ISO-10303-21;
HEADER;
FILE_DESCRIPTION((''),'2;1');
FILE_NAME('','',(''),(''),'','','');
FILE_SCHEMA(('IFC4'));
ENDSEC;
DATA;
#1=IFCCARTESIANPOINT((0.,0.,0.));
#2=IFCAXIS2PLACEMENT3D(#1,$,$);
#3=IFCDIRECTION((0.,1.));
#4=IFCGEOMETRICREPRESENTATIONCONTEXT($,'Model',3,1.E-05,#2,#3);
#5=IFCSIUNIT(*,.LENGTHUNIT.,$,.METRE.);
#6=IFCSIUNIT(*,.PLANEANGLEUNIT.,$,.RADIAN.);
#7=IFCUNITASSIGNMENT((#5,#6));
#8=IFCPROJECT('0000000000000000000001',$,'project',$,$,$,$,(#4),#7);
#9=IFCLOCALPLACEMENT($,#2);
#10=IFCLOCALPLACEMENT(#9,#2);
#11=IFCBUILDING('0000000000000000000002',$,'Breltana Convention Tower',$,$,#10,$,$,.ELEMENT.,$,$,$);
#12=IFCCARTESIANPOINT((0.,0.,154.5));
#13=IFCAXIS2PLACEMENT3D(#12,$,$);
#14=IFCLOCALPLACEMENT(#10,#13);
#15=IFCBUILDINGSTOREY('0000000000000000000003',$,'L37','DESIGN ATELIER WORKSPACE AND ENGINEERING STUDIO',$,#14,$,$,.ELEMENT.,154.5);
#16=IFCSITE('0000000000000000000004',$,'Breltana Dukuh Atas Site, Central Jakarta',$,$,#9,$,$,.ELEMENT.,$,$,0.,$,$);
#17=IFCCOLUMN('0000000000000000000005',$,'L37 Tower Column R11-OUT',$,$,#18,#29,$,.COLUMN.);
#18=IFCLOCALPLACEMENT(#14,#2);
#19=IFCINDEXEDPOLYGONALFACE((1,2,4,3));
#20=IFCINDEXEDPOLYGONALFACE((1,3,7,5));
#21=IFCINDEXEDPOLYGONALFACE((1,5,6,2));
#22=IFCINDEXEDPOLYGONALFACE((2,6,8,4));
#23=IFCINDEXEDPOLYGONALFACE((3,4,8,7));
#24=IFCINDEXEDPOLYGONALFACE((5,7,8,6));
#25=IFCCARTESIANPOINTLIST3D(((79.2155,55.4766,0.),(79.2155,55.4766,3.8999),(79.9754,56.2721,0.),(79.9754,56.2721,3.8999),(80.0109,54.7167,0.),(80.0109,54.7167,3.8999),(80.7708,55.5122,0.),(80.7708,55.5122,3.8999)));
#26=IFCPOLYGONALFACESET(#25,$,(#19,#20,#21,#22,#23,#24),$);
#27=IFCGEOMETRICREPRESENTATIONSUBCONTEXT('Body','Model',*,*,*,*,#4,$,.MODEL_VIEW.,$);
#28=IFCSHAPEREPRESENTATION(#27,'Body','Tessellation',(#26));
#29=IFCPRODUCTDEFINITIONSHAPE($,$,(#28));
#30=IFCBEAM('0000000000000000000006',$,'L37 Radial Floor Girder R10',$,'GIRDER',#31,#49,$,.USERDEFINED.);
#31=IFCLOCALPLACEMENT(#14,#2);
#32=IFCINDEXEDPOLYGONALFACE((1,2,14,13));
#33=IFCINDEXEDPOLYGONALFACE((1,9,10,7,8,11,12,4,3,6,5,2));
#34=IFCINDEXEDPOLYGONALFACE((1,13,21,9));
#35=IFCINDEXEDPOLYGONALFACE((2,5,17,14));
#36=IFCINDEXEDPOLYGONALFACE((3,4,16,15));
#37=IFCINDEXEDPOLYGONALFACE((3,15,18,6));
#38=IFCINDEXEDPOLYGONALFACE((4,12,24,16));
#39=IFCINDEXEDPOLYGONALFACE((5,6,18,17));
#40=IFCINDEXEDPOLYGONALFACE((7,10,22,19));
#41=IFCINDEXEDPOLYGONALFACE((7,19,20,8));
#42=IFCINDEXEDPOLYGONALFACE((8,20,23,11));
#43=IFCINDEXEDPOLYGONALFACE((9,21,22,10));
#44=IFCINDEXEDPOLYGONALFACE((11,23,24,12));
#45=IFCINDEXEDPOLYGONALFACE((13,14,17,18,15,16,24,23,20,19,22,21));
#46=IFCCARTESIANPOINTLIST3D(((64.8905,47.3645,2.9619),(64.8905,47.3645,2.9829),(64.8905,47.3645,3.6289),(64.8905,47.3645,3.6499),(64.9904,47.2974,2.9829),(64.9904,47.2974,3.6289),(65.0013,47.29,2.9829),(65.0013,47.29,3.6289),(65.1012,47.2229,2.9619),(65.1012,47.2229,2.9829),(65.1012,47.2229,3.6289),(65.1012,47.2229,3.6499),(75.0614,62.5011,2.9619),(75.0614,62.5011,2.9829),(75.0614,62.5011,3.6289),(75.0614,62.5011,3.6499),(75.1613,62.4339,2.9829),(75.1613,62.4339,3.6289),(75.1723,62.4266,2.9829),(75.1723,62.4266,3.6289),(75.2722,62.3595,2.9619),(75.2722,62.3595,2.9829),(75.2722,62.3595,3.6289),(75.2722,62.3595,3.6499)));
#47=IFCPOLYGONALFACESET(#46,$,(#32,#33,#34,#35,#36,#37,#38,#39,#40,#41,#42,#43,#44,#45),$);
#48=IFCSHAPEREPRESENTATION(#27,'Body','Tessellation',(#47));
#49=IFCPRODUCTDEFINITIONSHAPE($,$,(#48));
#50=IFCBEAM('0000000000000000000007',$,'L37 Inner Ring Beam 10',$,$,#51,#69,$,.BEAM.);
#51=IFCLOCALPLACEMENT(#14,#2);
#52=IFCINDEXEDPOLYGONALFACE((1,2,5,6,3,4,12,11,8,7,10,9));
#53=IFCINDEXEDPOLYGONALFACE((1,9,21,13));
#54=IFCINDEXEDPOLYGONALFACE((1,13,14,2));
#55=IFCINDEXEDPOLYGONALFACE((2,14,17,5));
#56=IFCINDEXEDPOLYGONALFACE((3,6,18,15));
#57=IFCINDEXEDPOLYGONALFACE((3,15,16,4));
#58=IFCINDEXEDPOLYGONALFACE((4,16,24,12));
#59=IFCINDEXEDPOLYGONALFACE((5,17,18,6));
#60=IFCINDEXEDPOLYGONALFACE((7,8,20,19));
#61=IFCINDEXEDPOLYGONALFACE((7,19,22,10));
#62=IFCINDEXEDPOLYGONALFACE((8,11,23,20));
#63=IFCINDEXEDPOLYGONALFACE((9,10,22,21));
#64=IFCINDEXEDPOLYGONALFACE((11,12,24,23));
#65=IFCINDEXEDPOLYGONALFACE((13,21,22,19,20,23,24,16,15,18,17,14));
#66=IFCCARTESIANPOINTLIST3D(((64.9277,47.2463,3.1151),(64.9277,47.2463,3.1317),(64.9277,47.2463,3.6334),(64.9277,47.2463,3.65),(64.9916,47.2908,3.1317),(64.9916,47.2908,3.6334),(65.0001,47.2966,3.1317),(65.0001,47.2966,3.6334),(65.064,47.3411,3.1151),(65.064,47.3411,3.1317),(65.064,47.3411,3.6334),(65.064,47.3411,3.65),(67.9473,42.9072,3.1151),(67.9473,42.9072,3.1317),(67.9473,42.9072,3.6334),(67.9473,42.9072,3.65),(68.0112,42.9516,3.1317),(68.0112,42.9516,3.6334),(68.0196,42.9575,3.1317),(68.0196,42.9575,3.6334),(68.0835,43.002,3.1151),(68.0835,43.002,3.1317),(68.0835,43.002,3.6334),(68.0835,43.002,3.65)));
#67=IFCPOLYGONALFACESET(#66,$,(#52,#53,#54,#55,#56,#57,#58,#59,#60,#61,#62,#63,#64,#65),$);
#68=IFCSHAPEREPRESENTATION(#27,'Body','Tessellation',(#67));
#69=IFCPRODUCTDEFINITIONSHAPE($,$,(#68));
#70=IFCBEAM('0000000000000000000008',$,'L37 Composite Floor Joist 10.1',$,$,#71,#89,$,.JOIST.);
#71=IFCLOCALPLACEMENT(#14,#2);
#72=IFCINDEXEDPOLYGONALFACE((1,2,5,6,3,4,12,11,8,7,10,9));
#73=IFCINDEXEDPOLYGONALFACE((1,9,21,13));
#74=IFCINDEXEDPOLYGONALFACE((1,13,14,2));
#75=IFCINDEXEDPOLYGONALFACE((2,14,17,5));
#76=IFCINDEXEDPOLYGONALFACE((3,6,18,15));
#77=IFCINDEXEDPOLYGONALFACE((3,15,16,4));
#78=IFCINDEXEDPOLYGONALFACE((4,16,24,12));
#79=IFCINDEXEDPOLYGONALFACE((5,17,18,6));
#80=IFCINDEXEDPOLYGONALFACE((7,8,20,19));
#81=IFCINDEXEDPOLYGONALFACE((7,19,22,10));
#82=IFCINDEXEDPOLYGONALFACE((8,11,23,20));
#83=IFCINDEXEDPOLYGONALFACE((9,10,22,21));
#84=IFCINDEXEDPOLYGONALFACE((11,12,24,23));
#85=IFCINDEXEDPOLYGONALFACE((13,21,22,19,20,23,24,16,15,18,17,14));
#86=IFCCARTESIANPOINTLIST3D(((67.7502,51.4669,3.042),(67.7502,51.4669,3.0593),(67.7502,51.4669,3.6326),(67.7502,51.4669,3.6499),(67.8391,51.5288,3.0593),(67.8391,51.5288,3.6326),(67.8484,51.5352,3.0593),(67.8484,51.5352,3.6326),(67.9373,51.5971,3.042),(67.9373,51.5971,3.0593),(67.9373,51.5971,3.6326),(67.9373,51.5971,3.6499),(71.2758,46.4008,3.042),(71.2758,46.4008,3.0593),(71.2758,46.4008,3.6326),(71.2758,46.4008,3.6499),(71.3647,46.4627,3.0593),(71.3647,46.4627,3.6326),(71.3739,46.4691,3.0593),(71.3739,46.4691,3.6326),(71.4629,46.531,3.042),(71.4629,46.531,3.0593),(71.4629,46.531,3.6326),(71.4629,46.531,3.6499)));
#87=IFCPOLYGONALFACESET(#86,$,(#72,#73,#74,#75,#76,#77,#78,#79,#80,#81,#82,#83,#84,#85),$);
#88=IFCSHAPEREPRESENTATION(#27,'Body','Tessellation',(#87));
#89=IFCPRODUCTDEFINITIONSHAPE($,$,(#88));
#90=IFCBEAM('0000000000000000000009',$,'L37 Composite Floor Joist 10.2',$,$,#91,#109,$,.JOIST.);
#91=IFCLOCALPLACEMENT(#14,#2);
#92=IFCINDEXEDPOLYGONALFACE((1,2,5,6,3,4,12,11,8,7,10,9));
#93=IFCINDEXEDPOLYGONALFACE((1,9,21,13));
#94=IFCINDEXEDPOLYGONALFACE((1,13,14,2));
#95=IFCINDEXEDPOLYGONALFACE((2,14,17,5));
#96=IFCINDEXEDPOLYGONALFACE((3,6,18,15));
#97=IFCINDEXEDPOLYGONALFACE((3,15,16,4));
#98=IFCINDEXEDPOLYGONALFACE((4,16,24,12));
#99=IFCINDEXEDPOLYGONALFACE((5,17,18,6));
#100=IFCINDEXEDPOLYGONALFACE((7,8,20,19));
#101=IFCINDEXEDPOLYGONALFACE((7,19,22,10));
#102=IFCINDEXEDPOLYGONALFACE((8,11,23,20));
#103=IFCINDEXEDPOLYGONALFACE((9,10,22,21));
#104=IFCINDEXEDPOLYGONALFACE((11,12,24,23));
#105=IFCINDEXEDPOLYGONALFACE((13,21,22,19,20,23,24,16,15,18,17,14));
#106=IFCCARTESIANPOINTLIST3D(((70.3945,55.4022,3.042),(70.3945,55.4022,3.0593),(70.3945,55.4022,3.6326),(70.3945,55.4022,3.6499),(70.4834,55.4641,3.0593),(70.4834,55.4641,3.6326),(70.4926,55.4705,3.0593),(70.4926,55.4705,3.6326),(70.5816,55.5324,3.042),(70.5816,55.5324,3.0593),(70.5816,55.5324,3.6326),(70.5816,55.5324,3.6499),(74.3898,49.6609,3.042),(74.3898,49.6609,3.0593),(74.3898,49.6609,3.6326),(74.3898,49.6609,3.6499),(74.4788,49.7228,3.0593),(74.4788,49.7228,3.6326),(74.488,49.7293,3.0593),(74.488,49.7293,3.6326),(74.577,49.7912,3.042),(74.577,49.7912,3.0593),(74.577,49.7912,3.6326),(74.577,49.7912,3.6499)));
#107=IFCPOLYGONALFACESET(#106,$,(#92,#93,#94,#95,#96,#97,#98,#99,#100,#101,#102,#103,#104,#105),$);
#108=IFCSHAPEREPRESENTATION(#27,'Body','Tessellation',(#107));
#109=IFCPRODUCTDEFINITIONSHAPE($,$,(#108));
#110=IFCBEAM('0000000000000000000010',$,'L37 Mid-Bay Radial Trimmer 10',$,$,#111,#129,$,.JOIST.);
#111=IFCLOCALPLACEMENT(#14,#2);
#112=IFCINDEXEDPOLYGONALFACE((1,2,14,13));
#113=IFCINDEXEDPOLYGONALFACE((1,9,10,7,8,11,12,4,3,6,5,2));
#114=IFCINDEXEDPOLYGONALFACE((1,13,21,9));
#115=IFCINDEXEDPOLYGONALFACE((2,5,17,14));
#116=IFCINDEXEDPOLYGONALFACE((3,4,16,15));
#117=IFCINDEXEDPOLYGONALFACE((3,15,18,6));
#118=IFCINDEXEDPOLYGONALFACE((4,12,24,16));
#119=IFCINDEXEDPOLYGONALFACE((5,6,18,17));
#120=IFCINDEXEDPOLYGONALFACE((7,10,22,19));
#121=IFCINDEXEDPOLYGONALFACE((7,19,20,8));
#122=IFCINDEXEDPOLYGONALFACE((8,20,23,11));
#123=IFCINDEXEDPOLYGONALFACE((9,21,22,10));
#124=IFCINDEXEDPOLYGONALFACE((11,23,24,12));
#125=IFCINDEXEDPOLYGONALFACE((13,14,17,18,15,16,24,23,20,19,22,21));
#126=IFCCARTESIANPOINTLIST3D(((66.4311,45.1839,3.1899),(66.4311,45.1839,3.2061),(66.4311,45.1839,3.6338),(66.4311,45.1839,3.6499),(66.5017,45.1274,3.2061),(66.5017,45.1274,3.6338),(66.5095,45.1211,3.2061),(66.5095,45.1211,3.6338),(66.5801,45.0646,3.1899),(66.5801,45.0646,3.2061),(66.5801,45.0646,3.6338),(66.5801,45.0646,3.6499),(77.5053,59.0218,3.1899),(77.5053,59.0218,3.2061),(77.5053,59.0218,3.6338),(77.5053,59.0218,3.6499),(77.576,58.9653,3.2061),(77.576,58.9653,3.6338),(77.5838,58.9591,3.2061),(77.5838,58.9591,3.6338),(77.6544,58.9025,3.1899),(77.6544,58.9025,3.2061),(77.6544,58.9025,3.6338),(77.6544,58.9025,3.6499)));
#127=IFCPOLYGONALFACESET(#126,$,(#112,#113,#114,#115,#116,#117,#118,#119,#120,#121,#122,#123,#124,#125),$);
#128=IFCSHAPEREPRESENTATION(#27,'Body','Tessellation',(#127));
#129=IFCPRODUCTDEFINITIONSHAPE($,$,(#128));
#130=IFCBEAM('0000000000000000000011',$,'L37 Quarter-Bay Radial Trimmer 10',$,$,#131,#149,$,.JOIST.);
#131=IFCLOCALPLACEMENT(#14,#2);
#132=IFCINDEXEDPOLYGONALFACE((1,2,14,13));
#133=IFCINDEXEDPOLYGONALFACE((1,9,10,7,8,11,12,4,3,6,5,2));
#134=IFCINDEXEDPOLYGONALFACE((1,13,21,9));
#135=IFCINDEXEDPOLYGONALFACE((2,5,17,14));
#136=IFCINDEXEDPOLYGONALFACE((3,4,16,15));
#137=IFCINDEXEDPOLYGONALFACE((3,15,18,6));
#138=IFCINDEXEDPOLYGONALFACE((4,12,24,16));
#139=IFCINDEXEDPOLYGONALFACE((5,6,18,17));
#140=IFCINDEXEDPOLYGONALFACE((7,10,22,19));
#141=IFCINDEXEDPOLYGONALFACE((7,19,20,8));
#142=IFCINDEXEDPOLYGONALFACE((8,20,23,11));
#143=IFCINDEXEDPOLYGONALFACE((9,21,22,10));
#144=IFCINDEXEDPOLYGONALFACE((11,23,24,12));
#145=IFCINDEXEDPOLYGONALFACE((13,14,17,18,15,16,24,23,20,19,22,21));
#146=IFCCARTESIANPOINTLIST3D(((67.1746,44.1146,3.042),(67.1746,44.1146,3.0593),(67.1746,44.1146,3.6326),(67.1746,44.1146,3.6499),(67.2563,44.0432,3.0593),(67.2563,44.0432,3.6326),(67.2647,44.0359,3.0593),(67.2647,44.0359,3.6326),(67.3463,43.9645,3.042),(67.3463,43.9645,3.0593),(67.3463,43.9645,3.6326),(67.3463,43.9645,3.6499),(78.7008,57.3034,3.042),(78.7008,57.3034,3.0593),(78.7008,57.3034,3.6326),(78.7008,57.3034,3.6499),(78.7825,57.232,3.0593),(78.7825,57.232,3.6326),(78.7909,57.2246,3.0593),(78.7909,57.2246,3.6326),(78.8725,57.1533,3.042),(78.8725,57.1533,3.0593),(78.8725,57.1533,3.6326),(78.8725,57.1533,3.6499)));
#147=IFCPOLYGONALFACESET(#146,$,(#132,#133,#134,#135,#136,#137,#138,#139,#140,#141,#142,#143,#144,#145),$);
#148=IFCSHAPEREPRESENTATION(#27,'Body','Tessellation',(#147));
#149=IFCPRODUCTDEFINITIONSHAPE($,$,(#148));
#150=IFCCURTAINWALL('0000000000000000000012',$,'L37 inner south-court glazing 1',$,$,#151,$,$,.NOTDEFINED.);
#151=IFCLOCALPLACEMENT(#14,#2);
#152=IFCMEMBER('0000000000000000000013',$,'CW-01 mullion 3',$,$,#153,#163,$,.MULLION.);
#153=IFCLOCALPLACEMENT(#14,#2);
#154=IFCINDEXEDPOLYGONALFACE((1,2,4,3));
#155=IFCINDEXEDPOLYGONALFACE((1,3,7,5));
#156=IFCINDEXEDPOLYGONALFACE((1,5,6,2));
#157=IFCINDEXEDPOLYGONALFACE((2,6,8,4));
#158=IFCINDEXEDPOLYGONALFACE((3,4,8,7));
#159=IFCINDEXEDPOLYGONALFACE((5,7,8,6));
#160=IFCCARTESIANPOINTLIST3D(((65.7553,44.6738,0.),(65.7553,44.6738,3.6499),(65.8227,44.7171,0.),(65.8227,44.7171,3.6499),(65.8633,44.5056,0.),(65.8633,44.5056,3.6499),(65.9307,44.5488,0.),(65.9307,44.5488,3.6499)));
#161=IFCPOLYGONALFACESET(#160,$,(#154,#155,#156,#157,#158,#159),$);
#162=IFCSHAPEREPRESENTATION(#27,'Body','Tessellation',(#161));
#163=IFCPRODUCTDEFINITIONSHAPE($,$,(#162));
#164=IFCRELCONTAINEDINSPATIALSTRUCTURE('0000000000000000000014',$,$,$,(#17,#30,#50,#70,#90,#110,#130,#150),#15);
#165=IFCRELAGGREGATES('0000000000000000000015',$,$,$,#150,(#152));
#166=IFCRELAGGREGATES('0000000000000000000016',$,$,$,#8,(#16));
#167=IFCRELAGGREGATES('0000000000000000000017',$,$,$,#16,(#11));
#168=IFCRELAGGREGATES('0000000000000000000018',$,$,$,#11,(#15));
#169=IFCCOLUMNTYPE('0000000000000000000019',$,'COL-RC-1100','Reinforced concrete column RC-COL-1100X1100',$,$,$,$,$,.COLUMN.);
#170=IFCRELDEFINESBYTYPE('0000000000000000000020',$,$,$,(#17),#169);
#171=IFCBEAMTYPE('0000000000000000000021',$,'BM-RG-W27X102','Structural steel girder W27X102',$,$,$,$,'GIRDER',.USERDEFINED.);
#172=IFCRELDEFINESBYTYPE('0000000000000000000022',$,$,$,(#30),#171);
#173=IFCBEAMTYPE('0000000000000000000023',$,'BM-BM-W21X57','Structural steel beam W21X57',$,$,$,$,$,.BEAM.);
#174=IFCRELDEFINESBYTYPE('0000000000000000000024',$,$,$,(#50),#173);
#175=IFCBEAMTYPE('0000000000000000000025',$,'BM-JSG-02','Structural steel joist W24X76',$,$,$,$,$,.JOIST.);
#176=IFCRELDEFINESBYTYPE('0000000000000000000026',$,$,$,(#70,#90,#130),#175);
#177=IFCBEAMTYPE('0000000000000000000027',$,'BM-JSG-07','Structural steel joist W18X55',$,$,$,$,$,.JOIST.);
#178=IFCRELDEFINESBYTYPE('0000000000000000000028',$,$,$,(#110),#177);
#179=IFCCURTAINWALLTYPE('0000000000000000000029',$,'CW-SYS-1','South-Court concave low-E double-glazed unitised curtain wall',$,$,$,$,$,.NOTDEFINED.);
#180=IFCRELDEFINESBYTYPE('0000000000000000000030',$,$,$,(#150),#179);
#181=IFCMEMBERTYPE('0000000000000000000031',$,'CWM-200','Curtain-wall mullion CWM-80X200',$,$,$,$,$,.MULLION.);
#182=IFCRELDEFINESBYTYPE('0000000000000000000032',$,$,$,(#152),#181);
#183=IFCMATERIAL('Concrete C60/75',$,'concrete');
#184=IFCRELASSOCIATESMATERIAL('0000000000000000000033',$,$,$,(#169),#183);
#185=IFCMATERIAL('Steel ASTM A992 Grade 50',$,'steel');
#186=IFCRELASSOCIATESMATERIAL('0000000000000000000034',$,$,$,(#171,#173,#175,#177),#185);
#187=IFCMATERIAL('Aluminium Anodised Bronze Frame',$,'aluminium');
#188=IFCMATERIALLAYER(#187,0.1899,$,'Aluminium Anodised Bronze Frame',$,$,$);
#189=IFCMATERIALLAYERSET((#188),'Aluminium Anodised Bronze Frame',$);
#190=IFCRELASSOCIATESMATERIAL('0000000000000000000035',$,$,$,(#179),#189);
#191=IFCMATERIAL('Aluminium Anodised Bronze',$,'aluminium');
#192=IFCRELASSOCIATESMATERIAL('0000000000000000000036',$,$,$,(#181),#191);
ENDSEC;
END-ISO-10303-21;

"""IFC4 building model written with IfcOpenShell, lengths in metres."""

from ifc_helpers import new_model, si_unit, direction, frame, origin, origin_2d, place, context, subcontext, project, spatial, rectangle, i_section, extrude, source, transform, mapped, material, layer, layer_set, material_profile, profile_set, type_object, element, aggregate, save


model = new_model("IFC4")

# Units and contexts
model_context = context("Model", 3, precision=1e-05, world=origin(), true_north=direction((0.0, 1.0)))
body_context = subcontext(model_context, "Body", "Model", "MODEL_VIEW")
ifc_project = project(units=[si_unit("LENGTHUNIT", "METRE"), si_unit("PLANEANGLEUNIT", "RADIAN")], contexts=[model_context])

# Site, building, storey
site_placement = place(None, origin())
site = spatial("IfcSite", under=ifc_project, at=site_placement, Name="Breltana Dukuh Atas Site, Central Jakarta", CompositionType="ELEMENT", RefElevation=0.0)
building_placement = place(site_placement, origin())
building = spatial("IfcBuilding", under=site, at=building_placement, Name="Breltana Convention Tower", CompositionType="ELEMENT")
storey_placement = place(building_placement, frame((0.0, 0.0, 154.5)))
storey = spatial("IfcBuildingStorey", under=building, at=storey_placement, Name="L37", Description="DESIGN ATELIER WORKSPACE AND ENGINEERING STUDIO", CompositionType="ELEMENT", Elevation=154.5)

# Column
ifc_material_1 = material(Name="Concrete C60/75", Category="concrete")
ifc_material_profile_1 = material_profile(ifc_material_1, rectangle(XDim=1.1001, YDim=1.1001, at=origin_2d()), Name="RC-COL-1100X1100")
ifc_profile_set_1 = profile_set([ifc_material_profile_1], Name="Concrete C60/75")
column_type = type_object("IfcColumnType", Name="COL-RC-1100", Description="Reinforced concrete column RC-COL-1100X1100", PredefinedType="COLUMN", material=ifc_profile_set_1)
shared_shape_1 = source(origin(), body_context, "Body", "SweptSolid", [
    extrude(rectangle(XDim=1.1001, YDim=1.1001, at=origin_2d()), origin(), (0.0, 0.0, 1.0), 3.8999),
])
column_placement = place(storey_placement, frame((79.9932, 55.4944, 0.0), z_axis=(0.0, 0.0, 1.0), x_axis=(0.690756, 0.723088, 0.0)))
element("IfcColumn", 1, at=column_placement, inside=storey, type_object=column_type, Name="L37 Tower Column R11-OUT", PredefinedType="COLUMN", context=body_context, shape_type="MappedRepresentation", body=[
    mapped(shared_shape_1, transform((0.0, 0.0, 0.0), scale=1.0)),
])

# Beams
ifc_material_2 = material(Name="Steel ASTM A992 Grade 50", Category="steel")
ifc_material_profile_2 = material_profile(ifc_material_2, i_section(OverallWidth=0.2539, OverallDepth=0.688, WebThickness=0.0132, FlangeThickness=0.021, at=origin_2d()), Name="W27X102")
ifc_profile_set_2 = profile_set([ifc_material_profile_2], Name="Steel ASTM A992 Grade 50")
beam_type_1 = type_object("IfcBeamType", Name="BM-RG-W27X102", Description="Structural steel girder W27X102", ElementType="GIRDER", PredefinedType="USERDEFINED", material=ifc_profile_set_2)
shared_shape_2 = source(origin(), body_context, "Body", "SweptSolid", [
    extrude(i_section(OverallWidth=0.2539, OverallDepth=0.688, WebThickness=0.0132, FlangeThickness=0.021, at=origin_2d()), origin(), (0.0, 0.0, 1.0), 18.2363),
])
beam_1_placement = place(storey_placement, frame((64.9958, 47.2937, 3.3059), z_axis=(0.55773, 0.830022, 0.0), x_axis=(-0.830022, 0.55773, 0.0)))
element("IfcBeam", 2, at=beam_1_placement, inside=storey, type_object=beam_type_1, Name="L37 Radial Floor Girder R10", ObjectType="GIRDER", PredefinedType="USERDEFINED", context=body_context, shape_type="MappedRepresentation", body=[
    mapped(shared_shape_2, transform((0.0, 0.0, 0.0), scale=1.0)),
])
ifc_material_profile_3 = material_profile(ifc_material_2, i_section(OverallWidth=0.166, OverallDepth=0.5349, WebThickness=0.0103, FlangeThickness=0.0166, at=origin_2d()), Name="W21X57")
ifc_profile_set_3 = profile_set([ifc_material_profile_3], Name="Steel ASTM A992 Grade 50")
beam_type_2 = type_object("IfcBeamType", Name="BM-BM-W21X57", Description="Structural steel beam W21X57", PredefinedType="BEAM", material=ifc_profile_set_3)
shared_shape_3 = source(origin(), body_context, "Body", "SweptSolid", [
    extrude(i_section(OverallWidth=0.166, OverallDepth=0.5349, WebThickness=0.0103, FlangeThickness=0.0166, at=origin_2d()), origin(), (0.0, 0.0, 1.0), 5.2864),
])
beam_2_placement = place(storey_placement, frame((64.9958, 47.2937, 3.3826), z_axis=(0.571194, -0.820815, 0.0), x_axis=(0.820815, 0.571194, 0.0)))
element("IfcBeam", 3, at=beam_2_placement, inside=storey, type_object=beam_type_2, Name="L37 Inner Ring Beam 10", PredefinedType="BEAM", context=body_context, shape_type="MappedRepresentation", body=[
    mapped(shared_shape_3, transform((0.0, 0.0, 0.0), scale=1.0)),
])
ifc_material_profile_4 = material_profile(ifc_material_2, i_section(OverallWidth=0.228, OverallDepth=0.6079, WebThickness=0.0112, FlangeThickness=0.0173, at=origin_2d()), Name="W24X76")
ifc_profile_set_4 = profile_set([ifc_material_profile_4], Name="Steel ASTM A992 Grade 50")
beam_type_3 = type_object("IfcBeamType", Name="BM-JSG-02", Description="Structural steel joist W24X76", PredefinedType="JOIST", material=ifc_profile_set_4)
shared_shape_4 = source(origin(), body_context, "Body", "SweptSolid", [
    extrude(i_section(OverallWidth=0.228, OverallDepth=0.6079, WebThickness=0.0112, FlangeThickness=0.0173, at=origin_2d()), origin(), (0.0, 0.0, 1.0), 6.1721),
])
beam_3_placement = place(storey_placement, frame((67.8438, 51.532, 3.3459), z_axis=(0.571212, -0.820803, 0.0), x_axis=(0.820803, 0.571212, 0.0)))
element("IfcBeam", 4, at=beam_3_placement, inside=storey, type_object=beam_type_3, Name="L37 Composite Floor Joist 10.1", PredefinedType="JOIST", context=body_context, shape_type="MappedRepresentation", body=[
    mapped(shared_shape_4, transform((0.0, 0.0, 0.0), scale=1.0)),
])
shared_shape_5 = source(origin(), body_context, "Body", "SweptSolid", [
    extrude(i_section(OverallWidth=0.228, OverallDepth=0.6079, WebThickness=0.0112, FlangeThickness=0.0173, at=origin_2d()), origin(), (0.0, 0.0, 1.0), 6.9946),
])
beam_4_placement = place(storey_placement, frame((70.488, 55.4673, 3.3459), z_axis=(0.571207, -0.820806, 0.0), x_axis=(0.820806, 0.571207, 0.0)))
element("IfcBeam", 5, at=beam_4_placement, inside=storey, type_object=beam_type_3, Name="L37 Composite Floor Joist 10.2", PredefinedType="JOIST", context=body_context, shape_type="MappedRepresentation", body=[
    mapped(shared_shape_5, transform((0.0, 0.0, 0.0), scale=1.0)),
])
ifc_material_profile_5 = material_profile(ifc_material_2, i_section(OverallWidth=0.1909, OverallDepth=0.46, WebThickness=0.01, FlangeThickness=0.0161, at=origin_2d()), Name="W18X55")
ifc_profile_set_5 = profile_set([ifc_material_profile_5], Name="Steel ASTM A992 Grade 50")
beam_type_4 = type_object("IfcBeamType", Name="BM-JSG-07", Description="Structural steel joist W18X55", PredefinedType="JOIST", material=ifc_profile_set_5)
shared_shape_6 = source(origin(), body_context, "Body", "SweptSolid", [
    extrude(i_section(OverallWidth=0.1909, OverallDepth=0.46, WebThickness=0.01, FlangeThickness=0.0161, at=origin_2d()), origin(), (0.0, 0.0, 1.0), 17.7236),
])
beam_5_placement = place(storey_placement, frame((66.5056, 45.1243, 3.4199), z_axis=(0.624829, 0.780761, 0.0), x_axis=(-0.780761, 0.624829, 0.0)))
element("IfcBeam", 6, at=beam_5_placement, inside=storey, type_object=beam_type_4, Name="L37 Mid-Bay Radial Trimmer 10", PredefinedType="JOIST", context=body_context, shape_type="MappedRepresentation", body=[
    mapped(shared_shape_6, transform((0.0, 0.0, 0.0), scale=1.0)),
])
shared_shape_7 = source(origin(), body_context, "Body", "SweptSolid", [
    extrude(i_section(OverallWidth=0.228, OverallDepth=0.6079, WebThickness=0.0112, FlangeThickness=0.0173, at=origin_2d()), origin(), (0.0, 0.0, 1.0), 17.5156),
])
beam_6_placement = place(storey_placement, frame((67.2605, 44.0396, 3.3459), z_axis=(0.658052, 0.752973, 0.0), x_axis=(-0.752973, 0.658052, 0.0)))
element("IfcBeam", 7, at=beam_6_placement, inside=storey, type_object=beam_type_3, Name="L37 Quarter-Bay Radial Trimmer 10", PredefinedType="JOIST", context=body_context, shape_type="MappedRepresentation", body=[
    mapped(shared_shape_7, transform((0.0, 0.0, 0.0), scale=1.0)),
])

# Curtain wall, member
ifc_material_3 = material(Name="Aluminium Anodised Bronze Frame", Category="aluminium")
ifc_layer_1 = layer(ifc_material_3, 0.1899, Name="Aluminium Anodised Bronze Frame")
ifc_layer_set_1 = layer_set([ifc_layer_1], Name="Aluminium Anodised Bronze Frame")
curtain_wall_type_1 = type_object("IfcCurtainWallType", Name="CW-SYS-1", Description="South-Court concave low-E double-glazed unitised curtain wall", PredefinedType="NOTDEFINED", material=ifc_layer_set_1)
curtain_wall_1_placement = place(storey_placement, origin())
curtain_wall_1 = element("IfcCurtainWall", 8, at=curtain_wall_1_placement, inside=storey, type_object=curtain_wall_type_1, Name="L37 inner south-court glazing 1", PredefinedType="NOTDEFINED")
ifc_material_4 = material(Name="Aluminium Anodised Bronze", Category="aluminium")
ifc_material_profile_6 = material_profile(ifc_material_4, rectangle(XDim=0.0801, YDim=0.2, at=origin_2d()), Name="CWM-80X200")
ifc_profile_set_6 = profile_set([ifc_material_profile_6], Name="Aluminium Anodised Bronze")
member_type_1 = type_object("IfcMemberType", Name="CWM-200", Description="Curtain-wall mullion CWM-80X200", PredefinedType="MULLION", material=ifc_profile_set_6)
shared_shape_8 = source(origin(), body_context, "Body", "SweptSolid", [
    extrude(rectangle(XDim=0.0801, YDim=0.2, at=origin_2d()), origin(), (0.0, 0.0, 1.0), 3.6499),
])
member_1_placement = place(storey_placement, frame((65.843, 44.6113, 0.0), z_axis=(0.0, 0.0, 1.0), x_axis=(-0.841547, -0.540184, 0.0)))
member_1 = element("IfcMember", 9, at=member_1_placement, type_object=member_type_1, Name="CW-01 mullion 3", PredefinedType="MULLION", context=body_context, shape_type="MappedRepresentation", body=[
    mapped(shared_shape_8, transform((0.0, 0.0, 0.0), scale=1.0)),
])

aggregate(curtain_wall_1, [member_1])

save(model, "model.ifc")
